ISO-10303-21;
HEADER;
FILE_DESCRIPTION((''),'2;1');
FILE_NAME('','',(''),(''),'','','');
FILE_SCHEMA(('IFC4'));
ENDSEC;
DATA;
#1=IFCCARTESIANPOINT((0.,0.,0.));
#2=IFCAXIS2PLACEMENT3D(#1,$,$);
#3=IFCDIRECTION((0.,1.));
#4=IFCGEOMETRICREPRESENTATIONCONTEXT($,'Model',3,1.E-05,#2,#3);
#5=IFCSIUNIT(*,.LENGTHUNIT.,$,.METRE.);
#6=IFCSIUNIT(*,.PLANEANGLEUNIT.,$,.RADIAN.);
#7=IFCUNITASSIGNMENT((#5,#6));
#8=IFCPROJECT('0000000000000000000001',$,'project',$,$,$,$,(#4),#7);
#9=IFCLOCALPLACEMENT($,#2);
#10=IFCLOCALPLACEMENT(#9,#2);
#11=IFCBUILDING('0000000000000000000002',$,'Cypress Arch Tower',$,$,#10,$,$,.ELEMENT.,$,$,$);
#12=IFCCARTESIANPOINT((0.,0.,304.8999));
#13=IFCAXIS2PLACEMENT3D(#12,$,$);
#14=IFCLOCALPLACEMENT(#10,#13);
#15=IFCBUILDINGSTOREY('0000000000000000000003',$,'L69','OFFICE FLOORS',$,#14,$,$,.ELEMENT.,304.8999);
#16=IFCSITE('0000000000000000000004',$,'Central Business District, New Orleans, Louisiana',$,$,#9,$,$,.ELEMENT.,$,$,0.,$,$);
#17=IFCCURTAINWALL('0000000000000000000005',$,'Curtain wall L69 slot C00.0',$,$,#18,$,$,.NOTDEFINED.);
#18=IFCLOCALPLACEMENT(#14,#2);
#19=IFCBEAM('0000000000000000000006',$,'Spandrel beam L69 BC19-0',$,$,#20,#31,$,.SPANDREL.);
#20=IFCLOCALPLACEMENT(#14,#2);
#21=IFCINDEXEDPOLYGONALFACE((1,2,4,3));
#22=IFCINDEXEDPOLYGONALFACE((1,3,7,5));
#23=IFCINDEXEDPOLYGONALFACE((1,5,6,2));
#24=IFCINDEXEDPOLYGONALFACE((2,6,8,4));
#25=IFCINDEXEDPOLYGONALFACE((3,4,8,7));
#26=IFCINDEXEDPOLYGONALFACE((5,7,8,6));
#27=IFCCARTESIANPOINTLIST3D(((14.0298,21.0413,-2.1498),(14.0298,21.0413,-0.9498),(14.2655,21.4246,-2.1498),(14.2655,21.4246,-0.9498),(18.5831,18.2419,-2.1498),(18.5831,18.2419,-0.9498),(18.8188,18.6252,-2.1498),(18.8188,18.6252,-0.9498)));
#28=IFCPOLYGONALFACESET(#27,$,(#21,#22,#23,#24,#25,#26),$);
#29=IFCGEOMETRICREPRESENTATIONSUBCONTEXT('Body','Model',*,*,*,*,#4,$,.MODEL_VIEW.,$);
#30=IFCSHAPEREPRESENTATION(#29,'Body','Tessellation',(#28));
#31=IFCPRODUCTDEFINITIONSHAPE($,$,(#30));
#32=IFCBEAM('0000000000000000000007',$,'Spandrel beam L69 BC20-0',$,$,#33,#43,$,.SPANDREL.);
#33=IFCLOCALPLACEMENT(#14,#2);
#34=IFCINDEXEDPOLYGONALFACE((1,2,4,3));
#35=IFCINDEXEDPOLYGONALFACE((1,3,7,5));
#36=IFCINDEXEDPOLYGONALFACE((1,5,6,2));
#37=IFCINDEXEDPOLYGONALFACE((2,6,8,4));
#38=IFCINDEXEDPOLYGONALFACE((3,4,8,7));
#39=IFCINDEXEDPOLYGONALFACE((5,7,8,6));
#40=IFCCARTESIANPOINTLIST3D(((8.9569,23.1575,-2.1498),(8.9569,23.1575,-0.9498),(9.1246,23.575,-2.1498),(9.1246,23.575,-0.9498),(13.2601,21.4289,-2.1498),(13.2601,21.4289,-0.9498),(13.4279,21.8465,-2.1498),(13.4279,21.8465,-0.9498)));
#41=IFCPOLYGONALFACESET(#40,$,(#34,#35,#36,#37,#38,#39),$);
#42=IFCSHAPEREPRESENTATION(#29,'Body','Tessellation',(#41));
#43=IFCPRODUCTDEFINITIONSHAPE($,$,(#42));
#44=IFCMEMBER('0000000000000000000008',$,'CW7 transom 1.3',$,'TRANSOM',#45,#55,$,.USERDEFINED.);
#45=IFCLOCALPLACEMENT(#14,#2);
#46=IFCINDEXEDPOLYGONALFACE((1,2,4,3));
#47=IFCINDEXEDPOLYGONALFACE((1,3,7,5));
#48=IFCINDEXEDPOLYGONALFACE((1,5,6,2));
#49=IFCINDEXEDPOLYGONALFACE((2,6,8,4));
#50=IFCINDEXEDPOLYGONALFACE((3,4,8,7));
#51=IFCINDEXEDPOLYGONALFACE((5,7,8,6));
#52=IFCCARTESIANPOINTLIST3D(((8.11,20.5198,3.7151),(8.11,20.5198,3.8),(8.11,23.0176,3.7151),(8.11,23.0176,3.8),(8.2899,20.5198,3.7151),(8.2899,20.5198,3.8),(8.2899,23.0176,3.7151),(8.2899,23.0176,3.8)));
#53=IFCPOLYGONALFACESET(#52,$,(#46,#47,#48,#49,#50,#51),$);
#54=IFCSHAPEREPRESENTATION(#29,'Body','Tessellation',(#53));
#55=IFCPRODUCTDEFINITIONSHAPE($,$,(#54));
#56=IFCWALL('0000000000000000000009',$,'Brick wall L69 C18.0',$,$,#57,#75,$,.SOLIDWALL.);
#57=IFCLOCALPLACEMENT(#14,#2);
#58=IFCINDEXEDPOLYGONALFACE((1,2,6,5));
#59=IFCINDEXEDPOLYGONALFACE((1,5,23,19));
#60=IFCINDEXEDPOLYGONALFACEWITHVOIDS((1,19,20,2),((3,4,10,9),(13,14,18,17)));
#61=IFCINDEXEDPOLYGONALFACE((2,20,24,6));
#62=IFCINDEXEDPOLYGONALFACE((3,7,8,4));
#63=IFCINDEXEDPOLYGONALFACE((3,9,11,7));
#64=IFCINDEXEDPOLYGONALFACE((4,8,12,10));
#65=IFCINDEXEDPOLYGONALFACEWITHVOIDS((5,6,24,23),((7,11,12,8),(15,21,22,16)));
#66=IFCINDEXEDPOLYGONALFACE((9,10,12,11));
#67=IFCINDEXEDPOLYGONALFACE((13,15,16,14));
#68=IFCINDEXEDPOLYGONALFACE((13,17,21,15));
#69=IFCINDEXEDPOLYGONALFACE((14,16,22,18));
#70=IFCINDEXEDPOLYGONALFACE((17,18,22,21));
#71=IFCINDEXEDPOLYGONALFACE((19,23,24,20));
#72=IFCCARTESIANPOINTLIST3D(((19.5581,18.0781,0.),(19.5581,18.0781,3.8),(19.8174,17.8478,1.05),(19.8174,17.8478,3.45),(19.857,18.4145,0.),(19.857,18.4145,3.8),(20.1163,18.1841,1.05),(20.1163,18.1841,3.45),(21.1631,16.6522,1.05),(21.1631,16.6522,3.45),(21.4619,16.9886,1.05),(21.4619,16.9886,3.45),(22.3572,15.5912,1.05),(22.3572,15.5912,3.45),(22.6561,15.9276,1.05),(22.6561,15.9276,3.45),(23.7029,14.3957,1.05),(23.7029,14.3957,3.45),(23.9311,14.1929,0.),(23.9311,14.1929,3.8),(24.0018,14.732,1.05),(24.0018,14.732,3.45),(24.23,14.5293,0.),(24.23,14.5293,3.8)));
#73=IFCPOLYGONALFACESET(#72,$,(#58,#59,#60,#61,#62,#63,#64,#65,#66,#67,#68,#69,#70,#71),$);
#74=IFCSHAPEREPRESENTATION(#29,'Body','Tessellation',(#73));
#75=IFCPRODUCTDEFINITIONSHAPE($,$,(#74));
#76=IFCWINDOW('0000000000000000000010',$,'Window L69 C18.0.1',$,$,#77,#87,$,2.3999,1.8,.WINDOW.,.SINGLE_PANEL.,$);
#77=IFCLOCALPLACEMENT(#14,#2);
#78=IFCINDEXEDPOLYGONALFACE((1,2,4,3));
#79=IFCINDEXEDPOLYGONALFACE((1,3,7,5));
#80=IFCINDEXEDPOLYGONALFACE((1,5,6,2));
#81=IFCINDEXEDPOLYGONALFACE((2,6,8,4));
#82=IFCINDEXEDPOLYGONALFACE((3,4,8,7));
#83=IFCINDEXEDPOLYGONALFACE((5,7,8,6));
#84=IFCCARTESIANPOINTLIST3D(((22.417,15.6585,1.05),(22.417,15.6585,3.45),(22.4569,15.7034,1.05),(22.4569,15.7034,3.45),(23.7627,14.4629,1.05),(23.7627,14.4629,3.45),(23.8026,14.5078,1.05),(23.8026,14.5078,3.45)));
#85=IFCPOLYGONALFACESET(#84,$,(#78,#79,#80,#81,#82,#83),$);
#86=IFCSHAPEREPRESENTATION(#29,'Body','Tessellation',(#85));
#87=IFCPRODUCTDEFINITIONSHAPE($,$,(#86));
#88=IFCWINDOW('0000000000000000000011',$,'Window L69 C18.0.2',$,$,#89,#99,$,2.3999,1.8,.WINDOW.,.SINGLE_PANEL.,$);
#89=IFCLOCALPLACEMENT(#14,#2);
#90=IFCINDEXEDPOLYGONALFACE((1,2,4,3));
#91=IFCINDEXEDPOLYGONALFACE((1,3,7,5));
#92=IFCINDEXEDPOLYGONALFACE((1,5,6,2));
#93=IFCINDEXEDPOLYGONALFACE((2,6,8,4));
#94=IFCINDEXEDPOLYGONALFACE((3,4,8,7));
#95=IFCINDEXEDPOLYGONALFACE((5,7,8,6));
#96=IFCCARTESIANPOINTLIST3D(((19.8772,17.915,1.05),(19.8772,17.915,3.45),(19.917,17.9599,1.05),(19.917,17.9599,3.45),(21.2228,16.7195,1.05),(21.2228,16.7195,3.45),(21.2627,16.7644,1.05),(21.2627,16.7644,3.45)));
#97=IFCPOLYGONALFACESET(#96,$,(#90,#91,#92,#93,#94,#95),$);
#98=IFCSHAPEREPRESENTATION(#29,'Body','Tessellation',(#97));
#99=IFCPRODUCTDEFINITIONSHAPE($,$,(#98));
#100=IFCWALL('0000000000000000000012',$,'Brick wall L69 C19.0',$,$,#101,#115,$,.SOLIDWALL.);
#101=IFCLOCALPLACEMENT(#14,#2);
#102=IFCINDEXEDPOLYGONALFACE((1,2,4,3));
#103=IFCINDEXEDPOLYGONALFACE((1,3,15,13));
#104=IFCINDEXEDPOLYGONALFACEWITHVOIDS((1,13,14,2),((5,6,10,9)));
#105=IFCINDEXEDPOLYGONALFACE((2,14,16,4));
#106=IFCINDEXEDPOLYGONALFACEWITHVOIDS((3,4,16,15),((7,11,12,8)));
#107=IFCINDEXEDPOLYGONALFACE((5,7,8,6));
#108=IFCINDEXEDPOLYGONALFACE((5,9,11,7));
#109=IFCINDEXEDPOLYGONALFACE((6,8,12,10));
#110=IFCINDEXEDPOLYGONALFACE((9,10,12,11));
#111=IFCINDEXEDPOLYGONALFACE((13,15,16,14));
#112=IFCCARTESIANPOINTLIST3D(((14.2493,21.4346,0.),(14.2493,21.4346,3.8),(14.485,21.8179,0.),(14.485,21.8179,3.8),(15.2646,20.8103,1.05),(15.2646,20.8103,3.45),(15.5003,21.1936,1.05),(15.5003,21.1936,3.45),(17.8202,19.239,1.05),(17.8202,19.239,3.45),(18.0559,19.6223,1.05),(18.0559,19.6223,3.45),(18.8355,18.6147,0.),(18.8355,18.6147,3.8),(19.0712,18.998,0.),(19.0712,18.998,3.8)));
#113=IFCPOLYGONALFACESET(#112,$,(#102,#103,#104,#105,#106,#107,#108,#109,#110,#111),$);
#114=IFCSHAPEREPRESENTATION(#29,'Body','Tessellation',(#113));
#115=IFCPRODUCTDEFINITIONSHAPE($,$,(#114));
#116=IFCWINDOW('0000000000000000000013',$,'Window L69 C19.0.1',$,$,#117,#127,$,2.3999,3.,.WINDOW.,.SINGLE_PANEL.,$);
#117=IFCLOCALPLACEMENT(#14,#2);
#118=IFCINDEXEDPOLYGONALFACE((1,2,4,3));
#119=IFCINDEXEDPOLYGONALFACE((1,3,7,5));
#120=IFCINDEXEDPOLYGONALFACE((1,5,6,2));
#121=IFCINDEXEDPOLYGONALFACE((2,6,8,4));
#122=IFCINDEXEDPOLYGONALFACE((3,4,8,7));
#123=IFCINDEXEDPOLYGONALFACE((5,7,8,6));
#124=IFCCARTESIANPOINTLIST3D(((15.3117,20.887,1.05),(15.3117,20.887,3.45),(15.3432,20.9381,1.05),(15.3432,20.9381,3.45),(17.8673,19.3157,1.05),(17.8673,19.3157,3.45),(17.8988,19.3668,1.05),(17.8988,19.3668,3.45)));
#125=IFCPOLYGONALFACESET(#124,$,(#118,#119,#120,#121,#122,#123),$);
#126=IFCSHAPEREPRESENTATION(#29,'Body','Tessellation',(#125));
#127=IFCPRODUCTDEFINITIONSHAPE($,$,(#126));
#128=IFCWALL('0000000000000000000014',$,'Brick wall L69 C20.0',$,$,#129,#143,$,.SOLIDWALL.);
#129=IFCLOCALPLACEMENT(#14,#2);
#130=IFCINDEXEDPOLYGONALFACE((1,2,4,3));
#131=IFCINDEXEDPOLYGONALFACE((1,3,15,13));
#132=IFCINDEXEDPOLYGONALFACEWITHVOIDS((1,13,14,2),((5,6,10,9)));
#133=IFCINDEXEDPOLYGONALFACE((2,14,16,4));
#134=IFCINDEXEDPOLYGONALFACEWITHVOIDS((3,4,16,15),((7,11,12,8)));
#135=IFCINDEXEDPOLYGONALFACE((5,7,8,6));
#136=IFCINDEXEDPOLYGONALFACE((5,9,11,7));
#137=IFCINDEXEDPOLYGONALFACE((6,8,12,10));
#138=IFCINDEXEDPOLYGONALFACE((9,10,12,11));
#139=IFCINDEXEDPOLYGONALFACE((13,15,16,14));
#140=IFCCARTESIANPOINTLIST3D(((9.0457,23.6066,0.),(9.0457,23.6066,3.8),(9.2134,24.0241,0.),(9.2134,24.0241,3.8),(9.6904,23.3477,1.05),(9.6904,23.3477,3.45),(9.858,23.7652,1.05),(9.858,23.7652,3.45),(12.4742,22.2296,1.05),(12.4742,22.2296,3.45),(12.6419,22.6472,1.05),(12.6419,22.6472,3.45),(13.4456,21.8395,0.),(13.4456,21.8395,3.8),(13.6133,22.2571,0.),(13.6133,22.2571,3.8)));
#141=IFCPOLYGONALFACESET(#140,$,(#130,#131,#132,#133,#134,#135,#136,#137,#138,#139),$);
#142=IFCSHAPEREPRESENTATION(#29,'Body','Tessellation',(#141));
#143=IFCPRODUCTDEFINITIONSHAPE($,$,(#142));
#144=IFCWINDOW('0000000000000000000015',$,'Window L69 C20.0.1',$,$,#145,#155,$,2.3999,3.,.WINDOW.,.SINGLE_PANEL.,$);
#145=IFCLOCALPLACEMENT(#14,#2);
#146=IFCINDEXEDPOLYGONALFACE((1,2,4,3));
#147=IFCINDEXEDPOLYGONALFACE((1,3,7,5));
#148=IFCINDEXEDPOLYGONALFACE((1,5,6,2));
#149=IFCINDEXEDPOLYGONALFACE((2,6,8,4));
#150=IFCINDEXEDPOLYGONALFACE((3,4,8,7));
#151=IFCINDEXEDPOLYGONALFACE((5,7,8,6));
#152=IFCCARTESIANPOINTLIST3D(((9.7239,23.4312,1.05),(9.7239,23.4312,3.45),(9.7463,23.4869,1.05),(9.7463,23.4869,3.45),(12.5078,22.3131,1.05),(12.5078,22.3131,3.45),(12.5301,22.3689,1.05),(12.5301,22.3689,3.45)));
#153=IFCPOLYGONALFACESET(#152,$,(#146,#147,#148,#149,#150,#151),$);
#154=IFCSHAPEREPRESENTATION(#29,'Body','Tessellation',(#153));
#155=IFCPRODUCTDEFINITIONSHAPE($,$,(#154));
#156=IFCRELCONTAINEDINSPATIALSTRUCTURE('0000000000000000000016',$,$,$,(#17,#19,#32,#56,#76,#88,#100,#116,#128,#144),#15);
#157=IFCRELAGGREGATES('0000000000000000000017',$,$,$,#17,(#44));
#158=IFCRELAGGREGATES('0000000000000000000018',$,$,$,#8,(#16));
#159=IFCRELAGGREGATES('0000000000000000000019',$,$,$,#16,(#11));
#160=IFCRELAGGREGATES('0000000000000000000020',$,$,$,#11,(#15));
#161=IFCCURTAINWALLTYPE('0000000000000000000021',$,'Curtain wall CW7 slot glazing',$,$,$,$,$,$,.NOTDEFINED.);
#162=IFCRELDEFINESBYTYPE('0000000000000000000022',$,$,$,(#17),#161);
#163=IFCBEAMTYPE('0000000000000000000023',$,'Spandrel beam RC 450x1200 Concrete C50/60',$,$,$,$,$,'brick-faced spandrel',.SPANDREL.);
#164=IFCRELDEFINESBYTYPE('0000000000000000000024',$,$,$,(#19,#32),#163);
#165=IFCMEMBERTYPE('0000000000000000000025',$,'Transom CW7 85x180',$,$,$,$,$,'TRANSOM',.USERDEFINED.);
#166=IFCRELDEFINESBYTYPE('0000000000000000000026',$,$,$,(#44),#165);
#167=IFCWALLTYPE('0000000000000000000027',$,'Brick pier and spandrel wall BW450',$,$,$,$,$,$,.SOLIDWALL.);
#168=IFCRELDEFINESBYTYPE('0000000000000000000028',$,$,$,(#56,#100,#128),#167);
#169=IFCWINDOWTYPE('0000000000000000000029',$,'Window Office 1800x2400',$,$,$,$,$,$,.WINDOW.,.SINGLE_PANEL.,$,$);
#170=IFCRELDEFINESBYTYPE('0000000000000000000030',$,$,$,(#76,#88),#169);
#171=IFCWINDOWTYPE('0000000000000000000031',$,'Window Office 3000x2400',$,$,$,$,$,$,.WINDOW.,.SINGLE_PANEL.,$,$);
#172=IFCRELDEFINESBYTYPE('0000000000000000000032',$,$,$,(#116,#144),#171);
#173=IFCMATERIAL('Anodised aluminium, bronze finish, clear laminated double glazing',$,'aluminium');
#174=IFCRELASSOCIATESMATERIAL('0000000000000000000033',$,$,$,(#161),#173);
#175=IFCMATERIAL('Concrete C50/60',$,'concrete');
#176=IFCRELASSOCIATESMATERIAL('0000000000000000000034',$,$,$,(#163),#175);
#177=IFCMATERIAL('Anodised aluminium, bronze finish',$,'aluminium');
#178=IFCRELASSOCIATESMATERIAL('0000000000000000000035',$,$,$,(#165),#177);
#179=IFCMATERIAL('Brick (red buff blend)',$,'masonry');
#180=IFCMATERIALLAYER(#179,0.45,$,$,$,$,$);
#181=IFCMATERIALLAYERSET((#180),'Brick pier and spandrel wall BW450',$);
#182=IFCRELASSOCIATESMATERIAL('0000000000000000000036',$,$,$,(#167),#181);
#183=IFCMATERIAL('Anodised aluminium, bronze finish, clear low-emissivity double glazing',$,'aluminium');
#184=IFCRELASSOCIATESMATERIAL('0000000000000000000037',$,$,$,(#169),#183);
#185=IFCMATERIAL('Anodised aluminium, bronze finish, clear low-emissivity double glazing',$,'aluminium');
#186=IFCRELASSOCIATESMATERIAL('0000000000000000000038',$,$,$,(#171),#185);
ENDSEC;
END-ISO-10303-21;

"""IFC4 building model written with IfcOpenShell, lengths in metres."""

from ifc_helpers import new_model, si_unit, direction, frame, frame_2d, origin, origin_2d, place, context, subcontext, project, spatial, rectangle, extrude, material, layer, layer_set, material_profile, profile_set, type_object, element, fill, aggregate, save


model = new_model("IFC4")

# Units and contexts
model_context = context("Model", 3, precision=1e-05, world=origin(), true_north=direction((0.0, 1.0)))
body_context = subcontext(model_context, "Body", "Model", "MODEL_VIEW")
ifc_project = project(units=[si_unit("LENGTHUNIT", "METRE"), si_unit("PLANEANGLEUNIT", "RADIAN")], contexts=[model_context])

# Site, building, storey
site_placement = place(None, origin())
site = spatial("IfcSite", under=ifc_project, at=site_placement, Name="Central Business District, New Orleans, Louisiana", CompositionType="ELEMENT", RefElevation=0.0)
building_placement = place(site_placement, origin())
building = spatial("IfcBuilding", under=site, at=building_placement, Name="Cypress Arch Tower", CompositionType="ELEMENT")
storey_placement = place(building_placement, frame((0.0, 0.0, 304.8999)))
storey = spatial("IfcBuildingStorey", under=building, at=storey_placement, Name="L69", Description="OFFICE FLOORS", CompositionType="ELEMENT", Elevation=304.8999)

# Curtain wall
ifc_material_1 = material(Name="Anodised aluminium, bronze finish, clear laminated double glazing", Category="aluminium")
curtain_wall_type = type_object("IfcCurtainWallType", Name="Curtain wall CW7 slot glazing", PredefinedType="NOTDEFINED", material=ifc_material_1)
curtain_wall_placement = place(storey_placement, origin())
curtain_wall = element("IfcCurtainWall", 1, at=curtain_wall_placement, inside=storey, type_object=curtain_wall_type, Name="Curtain wall L69 slot C00.0", PredefinedType="NOTDEFINED")

# Beams
ifc_material_2 = material(Name="Concrete C50/60", Category="concrete")
ifc_material_profile_1 = material_profile(ifc_material_2, rectangle(XDim=0.45, YDim=1.2, at=origin_2d()), Name="RC 450x1200")
ifc_profile_set_1 = profile_set([ifc_material_profile_1], Name="Concrete C50/60")
beam_type = type_object("IfcBeamType", Name="Spandrel beam RC 450x1200 Concrete C50/60", ElementType="brick-faced spandrel", PredefinedType="SPANDREL", material=ifc_profile_set_1)
beam_1_placement = place(storey_placement, frame((18.7009, 18.4336, -1.5498), z_axis=(-0.851881, 0.523735, 0.0), x_axis=(-0.523735, -0.851881, 0.0)))
element("IfcBeam", 2, at=beam_1_placement, inside=storey, type_object=beam_type, Name="Spandrel beam L69 BC19-0", PredefinedType="SPANDREL", context=body_context, shape_type="SweptSolid", body=[
    extrude(rectangle(XDim=0.45, YDim=1.2, at=origin_2d()), origin(), (0.0, 0.0, 1.0), 5.345),
])
beam_2_placement = place(storey_placement, frame((13.344, 21.6377, -1.5498), z_axis=(-0.927938, 0.372734, 0.0), x_axis=(-0.372734, -0.927938, 0.0)))
element("IfcBeam", 3, at=beam_2_placement, inside=storey, type_object=beam_type, Name="Spandrel beam L69 BC20-0", PredefinedType="SPANDREL", context=body_context, shape_type="SweptSolid", body=[
    extrude(rectangle(XDim=0.45, YDim=1.2, at=origin_2d()), origin(), (0.0, 0.0, 1.0), 4.6375),
])

# Member
ifc_material_3 = material(Name="Anodised aluminium, bronze finish", Category="aluminium")
ifc_material_profile_2 = material_profile(ifc_material_3, rectangle(XDim=0.1799, YDim=0.085, at=origin_2d()), Name="Transom 85x180")
ifc_profile_set_2 = profile_set([ifc_material_profile_2], Name="Anodised aluminium, bronze finish")
member_type_1 = type_object("IfcMemberType", Name="Transom CW7 85x180", ElementType="TRANSOM", PredefinedType="USERDEFINED", material=ifc_profile_set_2)
member_1_placement = place(storey_placement, frame((8.2, 23.0176, 3.7576), z_axis=(0.0, -1.0, 0.0), x_axis=(1.0, 0.0, 0.0)))
member_1 = element("IfcMember", 4, at=member_1_placement, type_object=member_type_1, Name="CW7 transom 1.3", ObjectType="TRANSOM", PredefinedType="USERDEFINED", context=body_context, shape_type="SweptSolid", body=[
    extrude(rectangle(XDim=0.1799, YDim=0.085, at=origin_2d()), origin(), (0.0, 0.0, 1.0), 2.4978),
])
aggregate(curtain_wall, [member_1])

# Wall, openings, windows
ifc_material_4 = material(Name="Brick (red buff blend)", Category="masonry")
ifc_layer_1 = layer(ifc_material_4, 0.45)
ifc_layer_set_1 = layer_set([ifc_layer_1], Name="Brick pier and spandrel wall BW450")
wall_type_1 = type_object("IfcWallType", Name="Brick pier and spandrel wall BW450", PredefinedType="SOLIDWALL", material=ifc_layer_set_1)
wall_1_placement = place(storey_placement, frame((24.0806, 14.3611, 0.0), z_axis=(0.0, 0.0, 1.0), x_axis=(-0.74757, 0.664182, 0.0)))
wall_1 = element("IfcWall", 5, at=wall_1_placement, inside=storey, type_object=wall_type_1, Name="Brick wall L69 C18.0", PredefinedType="SOLIDWALL", context=body_context, shape_type="SweptSolid", body=[
    extrude(rectangle(XDim=5.8496, YDim=0.45, at=frame_2d((2.9248, 0.0))), origin(), (0.0, 0.0, 1.0), 3.8),
])
opening_1_placement = place(wall_1_placement, frame((0.3054, 0.0, 1.05)))
opening_1 = element("IfcOpeningElement", 6, at=opening_1_placement, cuts=wall_1, PredefinedType="OPENING", context=body_context, shape_type="SweptSolid", body=[
    extrude(rectangle(XDim=1.8, YDim=2.3999, at=frame_2d((0.8999, 1.2))), frame((0.0, 0.2349, 0.0), z_axis=(0.0, -1.0, 0.0), x_axis=(1.0, 0.0, 0.0)), (0.0, 0.0, 1.0), 0.47),
])
opening_2_placement = place(wall_1_placement, frame((3.7029, 0.0, 1.05)))
opening_2 = element("IfcOpeningElement", 7, at=opening_2_placement, cuts=wall_1, PredefinedType="OPENING", context=body_context, shape_type="SweptSolid", body=[
    extrude(rectangle(XDim=1.8, YDim=2.3999, at=frame_2d((0.8999, 1.2))), frame((0.0, 0.2349, 0.0), z_axis=(0.0, -1.0, 0.0), x_axis=(1.0, 0.0, 0.0)), (0.0, 0.0, 1.0), 0.47),
])
ifc_material_5 = material(Name="Anodised aluminium, bronze finish, clear low-emissivity double glazing", Category="aluminium")
window_type_1 = type_object("IfcWindowType", Name="Window Office 1800x2400", PartitioningType="SINGLE_PANEL", PredefinedType="WINDOW", material=ifc_material_5)
window_1_placement = place(opening_1_placement, origin())
window_1 = element("IfcWindow", 8, at=window_1_placement, inside=storey, type_object=window_type_1, Name="Window L69 C18.0.1", OverallHeight=2.3999, OverallWidth=1.8, PartitioningType="SINGLE_PANEL", PredefinedType="WINDOW", context=body_context, shape_type="SweptSolid", body=[
    extrude(rectangle(XDim=1.8, YDim=2.3999, at=frame_2d((0.8999, 1.2))), frame((0.0, 0.135, 0.0), z_axis=(0.0, -1.0, 0.0), x_axis=(1.0, 0.0, 0.0)), (0.0, 0.0, 1.0), 0.0601),
])
fill(opening_1, window_1)
window_2_placement = place(opening_2_placement, origin())
window_2 = element("IfcWindow", 9, at=window_2_placement, inside=storey, type_object=window_type_1, Name="Window L69 C18.0.2", OverallHeight=2.3999, OverallWidth=1.8, PartitioningType="SINGLE_PANEL", PredefinedType="WINDOW", context=body_context, shape_type="SweptSolid", body=[
    extrude(rectangle(XDim=1.8, YDim=2.3999, at=frame_2d((0.8999, 1.2))), frame((0.0, 0.135, 0.0), z_axis=(0.0, -1.0, 0.0), x_axis=(1.0, 0.0, 0.0)), (0.0, 0.0, 1.0), 0.0601),
])
fill(opening_2, window_2)

# Walls, openings, windows
wall_2_placement = place(storey_placement, frame((18.9534, 18.8064, 0.0), z_axis=(0.0, 0.0, 1.0), x_axis=(-0.851861, 0.523768, 0.0)))
wall_2 = element("IfcWall", 10, at=wall_2_placement, inside=storey, type_object=wall_type_1, Name="Brick wall L69 C19.0", PredefinedType="SOLIDWALL", context=body_context, shape_type="SweptSolid", body=[
    extrude(rectangle(XDim=5.3838, YDim=0.45, at=frame_2d((2.6919, 0.0))), origin(), (0.0, 0.0, 1.0), 3.8),
])
opening_3_placement = place(wall_2_placement, frame((1.1919, 0.0, 1.05)))
opening_3 = element("IfcOpeningElement", 11, at=opening_3_placement, cuts=wall_2, PredefinedType="OPENING", context=body_context, shape_type="SweptSolid", body=[
    extrude(rectangle(XDim=3.0, YDim=2.3999, at=frame_2d((1.5, 1.2))), frame((0.0, 0.2349, 0.0), z_axis=(0.0, -1.0, 0.0), x_axis=(1.0, 0.0, 0.0)), (0.0, 0.0, 1.0), 0.47),
])
ifc_material_6 = material(Name="Anodised aluminium, bronze finish, clear low-emissivity double glazing", Category="aluminium")
window_type_2 = type_object("IfcWindowType", Name="Window Office 3000x2400", PartitioningType="SINGLE_PANEL", PredefinedType="WINDOW", material=ifc_material_6)
window_3_placement = place(opening_3_placement, origin())
window_3 = element("IfcWindow", 12, at=window_3_placement, inside=storey, type_object=window_type_2, Name="Window L69 C19.0.1", OverallHeight=2.3999, OverallWidth=3.0, PartitioningType="SINGLE_PANEL", PredefinedType="WINDOW", context=body_context, shape_type="SweptSolid", body=[
    extrude(rectangle(XDim=3.0, YDim=2.3999, at=frame_2d((1.5, 1.2))), frame((0.0, 0.135, 0.0), z_axis=(0.0, -1.0, 0.0), x_axis=(1.0, 0.0, 0.0)), (0.0, 0.0, 1.0), 0.0601),
])
fill(opening_3, window_3)
wall_3_placement = place(storey_placement, frame((13.5293, 22.0483, 0.0), z_axis=(0.0, 0.0, 1.0), x_axis=(-0.927957, 0.372686, 0.0)))
wall_3 = element("IfcWall", 13, at=wall_3_placement, inside=storey, type_object=wall_type_1, Name="Brick wall L69 C20.0", PredefinedType="SOLIDWALL", context=body_context, shape_type="SweptSolid", body=[
    extrude(rectangle(XDim=4.7415, YDim=0.45, at=frame_2d((2.3706, 0.0))), origin(), (0.0, 0.0, 1.0), 3.8),
])
opening_4_placement = place(wall_3_placement, frame((1.0466, 0.0, 1.05)))
opening_4 = element("IfcOpeningElement", 14, at=opening_4_placement, cuts=wall_3, PredefinedType="OPENING", context=body_context, shape_type="SweptSolid", body=[
    extrude(rectangle(XDim=3.0, YDim=2.3999, at=frame_2d((1.5, 1.2))), frame((0.0, 0.2349, 0.0), z_axis=(0.0, -1.0, 0.0), x_axis=(1.0, 0.0, 0.0)), (0.0, 0.0, 1.0), 0.47),
])
window_4_placement = place(opening_4_placement, origin())
window_4 = element("IfcWindow", 15, at=window_4_placement, inside=storey, type_object=window_type_2, Name="Window L69 C20.0.1", OverallHeight=2.3999, OverallWidth=3.0, PartitioningType="SINGLE_PANEL", PredefinedType="WINDOW", context=body_context, shape_type="SweptSolid", body=[
    extrude(rectangle(XDim=3.0, YDim=2.3999, at=frame_2d((1.5, 1.2))), frame((0.0, 0.135, 0.0), z_axis=(0.0, -1.0, 0.0), x_axis=(1.0, 0.0, 0.0)), (0.0, 0.0, 1.0), 0.0601),
])
fill(opening_4, window_4)

save(model, "model.ifc")
